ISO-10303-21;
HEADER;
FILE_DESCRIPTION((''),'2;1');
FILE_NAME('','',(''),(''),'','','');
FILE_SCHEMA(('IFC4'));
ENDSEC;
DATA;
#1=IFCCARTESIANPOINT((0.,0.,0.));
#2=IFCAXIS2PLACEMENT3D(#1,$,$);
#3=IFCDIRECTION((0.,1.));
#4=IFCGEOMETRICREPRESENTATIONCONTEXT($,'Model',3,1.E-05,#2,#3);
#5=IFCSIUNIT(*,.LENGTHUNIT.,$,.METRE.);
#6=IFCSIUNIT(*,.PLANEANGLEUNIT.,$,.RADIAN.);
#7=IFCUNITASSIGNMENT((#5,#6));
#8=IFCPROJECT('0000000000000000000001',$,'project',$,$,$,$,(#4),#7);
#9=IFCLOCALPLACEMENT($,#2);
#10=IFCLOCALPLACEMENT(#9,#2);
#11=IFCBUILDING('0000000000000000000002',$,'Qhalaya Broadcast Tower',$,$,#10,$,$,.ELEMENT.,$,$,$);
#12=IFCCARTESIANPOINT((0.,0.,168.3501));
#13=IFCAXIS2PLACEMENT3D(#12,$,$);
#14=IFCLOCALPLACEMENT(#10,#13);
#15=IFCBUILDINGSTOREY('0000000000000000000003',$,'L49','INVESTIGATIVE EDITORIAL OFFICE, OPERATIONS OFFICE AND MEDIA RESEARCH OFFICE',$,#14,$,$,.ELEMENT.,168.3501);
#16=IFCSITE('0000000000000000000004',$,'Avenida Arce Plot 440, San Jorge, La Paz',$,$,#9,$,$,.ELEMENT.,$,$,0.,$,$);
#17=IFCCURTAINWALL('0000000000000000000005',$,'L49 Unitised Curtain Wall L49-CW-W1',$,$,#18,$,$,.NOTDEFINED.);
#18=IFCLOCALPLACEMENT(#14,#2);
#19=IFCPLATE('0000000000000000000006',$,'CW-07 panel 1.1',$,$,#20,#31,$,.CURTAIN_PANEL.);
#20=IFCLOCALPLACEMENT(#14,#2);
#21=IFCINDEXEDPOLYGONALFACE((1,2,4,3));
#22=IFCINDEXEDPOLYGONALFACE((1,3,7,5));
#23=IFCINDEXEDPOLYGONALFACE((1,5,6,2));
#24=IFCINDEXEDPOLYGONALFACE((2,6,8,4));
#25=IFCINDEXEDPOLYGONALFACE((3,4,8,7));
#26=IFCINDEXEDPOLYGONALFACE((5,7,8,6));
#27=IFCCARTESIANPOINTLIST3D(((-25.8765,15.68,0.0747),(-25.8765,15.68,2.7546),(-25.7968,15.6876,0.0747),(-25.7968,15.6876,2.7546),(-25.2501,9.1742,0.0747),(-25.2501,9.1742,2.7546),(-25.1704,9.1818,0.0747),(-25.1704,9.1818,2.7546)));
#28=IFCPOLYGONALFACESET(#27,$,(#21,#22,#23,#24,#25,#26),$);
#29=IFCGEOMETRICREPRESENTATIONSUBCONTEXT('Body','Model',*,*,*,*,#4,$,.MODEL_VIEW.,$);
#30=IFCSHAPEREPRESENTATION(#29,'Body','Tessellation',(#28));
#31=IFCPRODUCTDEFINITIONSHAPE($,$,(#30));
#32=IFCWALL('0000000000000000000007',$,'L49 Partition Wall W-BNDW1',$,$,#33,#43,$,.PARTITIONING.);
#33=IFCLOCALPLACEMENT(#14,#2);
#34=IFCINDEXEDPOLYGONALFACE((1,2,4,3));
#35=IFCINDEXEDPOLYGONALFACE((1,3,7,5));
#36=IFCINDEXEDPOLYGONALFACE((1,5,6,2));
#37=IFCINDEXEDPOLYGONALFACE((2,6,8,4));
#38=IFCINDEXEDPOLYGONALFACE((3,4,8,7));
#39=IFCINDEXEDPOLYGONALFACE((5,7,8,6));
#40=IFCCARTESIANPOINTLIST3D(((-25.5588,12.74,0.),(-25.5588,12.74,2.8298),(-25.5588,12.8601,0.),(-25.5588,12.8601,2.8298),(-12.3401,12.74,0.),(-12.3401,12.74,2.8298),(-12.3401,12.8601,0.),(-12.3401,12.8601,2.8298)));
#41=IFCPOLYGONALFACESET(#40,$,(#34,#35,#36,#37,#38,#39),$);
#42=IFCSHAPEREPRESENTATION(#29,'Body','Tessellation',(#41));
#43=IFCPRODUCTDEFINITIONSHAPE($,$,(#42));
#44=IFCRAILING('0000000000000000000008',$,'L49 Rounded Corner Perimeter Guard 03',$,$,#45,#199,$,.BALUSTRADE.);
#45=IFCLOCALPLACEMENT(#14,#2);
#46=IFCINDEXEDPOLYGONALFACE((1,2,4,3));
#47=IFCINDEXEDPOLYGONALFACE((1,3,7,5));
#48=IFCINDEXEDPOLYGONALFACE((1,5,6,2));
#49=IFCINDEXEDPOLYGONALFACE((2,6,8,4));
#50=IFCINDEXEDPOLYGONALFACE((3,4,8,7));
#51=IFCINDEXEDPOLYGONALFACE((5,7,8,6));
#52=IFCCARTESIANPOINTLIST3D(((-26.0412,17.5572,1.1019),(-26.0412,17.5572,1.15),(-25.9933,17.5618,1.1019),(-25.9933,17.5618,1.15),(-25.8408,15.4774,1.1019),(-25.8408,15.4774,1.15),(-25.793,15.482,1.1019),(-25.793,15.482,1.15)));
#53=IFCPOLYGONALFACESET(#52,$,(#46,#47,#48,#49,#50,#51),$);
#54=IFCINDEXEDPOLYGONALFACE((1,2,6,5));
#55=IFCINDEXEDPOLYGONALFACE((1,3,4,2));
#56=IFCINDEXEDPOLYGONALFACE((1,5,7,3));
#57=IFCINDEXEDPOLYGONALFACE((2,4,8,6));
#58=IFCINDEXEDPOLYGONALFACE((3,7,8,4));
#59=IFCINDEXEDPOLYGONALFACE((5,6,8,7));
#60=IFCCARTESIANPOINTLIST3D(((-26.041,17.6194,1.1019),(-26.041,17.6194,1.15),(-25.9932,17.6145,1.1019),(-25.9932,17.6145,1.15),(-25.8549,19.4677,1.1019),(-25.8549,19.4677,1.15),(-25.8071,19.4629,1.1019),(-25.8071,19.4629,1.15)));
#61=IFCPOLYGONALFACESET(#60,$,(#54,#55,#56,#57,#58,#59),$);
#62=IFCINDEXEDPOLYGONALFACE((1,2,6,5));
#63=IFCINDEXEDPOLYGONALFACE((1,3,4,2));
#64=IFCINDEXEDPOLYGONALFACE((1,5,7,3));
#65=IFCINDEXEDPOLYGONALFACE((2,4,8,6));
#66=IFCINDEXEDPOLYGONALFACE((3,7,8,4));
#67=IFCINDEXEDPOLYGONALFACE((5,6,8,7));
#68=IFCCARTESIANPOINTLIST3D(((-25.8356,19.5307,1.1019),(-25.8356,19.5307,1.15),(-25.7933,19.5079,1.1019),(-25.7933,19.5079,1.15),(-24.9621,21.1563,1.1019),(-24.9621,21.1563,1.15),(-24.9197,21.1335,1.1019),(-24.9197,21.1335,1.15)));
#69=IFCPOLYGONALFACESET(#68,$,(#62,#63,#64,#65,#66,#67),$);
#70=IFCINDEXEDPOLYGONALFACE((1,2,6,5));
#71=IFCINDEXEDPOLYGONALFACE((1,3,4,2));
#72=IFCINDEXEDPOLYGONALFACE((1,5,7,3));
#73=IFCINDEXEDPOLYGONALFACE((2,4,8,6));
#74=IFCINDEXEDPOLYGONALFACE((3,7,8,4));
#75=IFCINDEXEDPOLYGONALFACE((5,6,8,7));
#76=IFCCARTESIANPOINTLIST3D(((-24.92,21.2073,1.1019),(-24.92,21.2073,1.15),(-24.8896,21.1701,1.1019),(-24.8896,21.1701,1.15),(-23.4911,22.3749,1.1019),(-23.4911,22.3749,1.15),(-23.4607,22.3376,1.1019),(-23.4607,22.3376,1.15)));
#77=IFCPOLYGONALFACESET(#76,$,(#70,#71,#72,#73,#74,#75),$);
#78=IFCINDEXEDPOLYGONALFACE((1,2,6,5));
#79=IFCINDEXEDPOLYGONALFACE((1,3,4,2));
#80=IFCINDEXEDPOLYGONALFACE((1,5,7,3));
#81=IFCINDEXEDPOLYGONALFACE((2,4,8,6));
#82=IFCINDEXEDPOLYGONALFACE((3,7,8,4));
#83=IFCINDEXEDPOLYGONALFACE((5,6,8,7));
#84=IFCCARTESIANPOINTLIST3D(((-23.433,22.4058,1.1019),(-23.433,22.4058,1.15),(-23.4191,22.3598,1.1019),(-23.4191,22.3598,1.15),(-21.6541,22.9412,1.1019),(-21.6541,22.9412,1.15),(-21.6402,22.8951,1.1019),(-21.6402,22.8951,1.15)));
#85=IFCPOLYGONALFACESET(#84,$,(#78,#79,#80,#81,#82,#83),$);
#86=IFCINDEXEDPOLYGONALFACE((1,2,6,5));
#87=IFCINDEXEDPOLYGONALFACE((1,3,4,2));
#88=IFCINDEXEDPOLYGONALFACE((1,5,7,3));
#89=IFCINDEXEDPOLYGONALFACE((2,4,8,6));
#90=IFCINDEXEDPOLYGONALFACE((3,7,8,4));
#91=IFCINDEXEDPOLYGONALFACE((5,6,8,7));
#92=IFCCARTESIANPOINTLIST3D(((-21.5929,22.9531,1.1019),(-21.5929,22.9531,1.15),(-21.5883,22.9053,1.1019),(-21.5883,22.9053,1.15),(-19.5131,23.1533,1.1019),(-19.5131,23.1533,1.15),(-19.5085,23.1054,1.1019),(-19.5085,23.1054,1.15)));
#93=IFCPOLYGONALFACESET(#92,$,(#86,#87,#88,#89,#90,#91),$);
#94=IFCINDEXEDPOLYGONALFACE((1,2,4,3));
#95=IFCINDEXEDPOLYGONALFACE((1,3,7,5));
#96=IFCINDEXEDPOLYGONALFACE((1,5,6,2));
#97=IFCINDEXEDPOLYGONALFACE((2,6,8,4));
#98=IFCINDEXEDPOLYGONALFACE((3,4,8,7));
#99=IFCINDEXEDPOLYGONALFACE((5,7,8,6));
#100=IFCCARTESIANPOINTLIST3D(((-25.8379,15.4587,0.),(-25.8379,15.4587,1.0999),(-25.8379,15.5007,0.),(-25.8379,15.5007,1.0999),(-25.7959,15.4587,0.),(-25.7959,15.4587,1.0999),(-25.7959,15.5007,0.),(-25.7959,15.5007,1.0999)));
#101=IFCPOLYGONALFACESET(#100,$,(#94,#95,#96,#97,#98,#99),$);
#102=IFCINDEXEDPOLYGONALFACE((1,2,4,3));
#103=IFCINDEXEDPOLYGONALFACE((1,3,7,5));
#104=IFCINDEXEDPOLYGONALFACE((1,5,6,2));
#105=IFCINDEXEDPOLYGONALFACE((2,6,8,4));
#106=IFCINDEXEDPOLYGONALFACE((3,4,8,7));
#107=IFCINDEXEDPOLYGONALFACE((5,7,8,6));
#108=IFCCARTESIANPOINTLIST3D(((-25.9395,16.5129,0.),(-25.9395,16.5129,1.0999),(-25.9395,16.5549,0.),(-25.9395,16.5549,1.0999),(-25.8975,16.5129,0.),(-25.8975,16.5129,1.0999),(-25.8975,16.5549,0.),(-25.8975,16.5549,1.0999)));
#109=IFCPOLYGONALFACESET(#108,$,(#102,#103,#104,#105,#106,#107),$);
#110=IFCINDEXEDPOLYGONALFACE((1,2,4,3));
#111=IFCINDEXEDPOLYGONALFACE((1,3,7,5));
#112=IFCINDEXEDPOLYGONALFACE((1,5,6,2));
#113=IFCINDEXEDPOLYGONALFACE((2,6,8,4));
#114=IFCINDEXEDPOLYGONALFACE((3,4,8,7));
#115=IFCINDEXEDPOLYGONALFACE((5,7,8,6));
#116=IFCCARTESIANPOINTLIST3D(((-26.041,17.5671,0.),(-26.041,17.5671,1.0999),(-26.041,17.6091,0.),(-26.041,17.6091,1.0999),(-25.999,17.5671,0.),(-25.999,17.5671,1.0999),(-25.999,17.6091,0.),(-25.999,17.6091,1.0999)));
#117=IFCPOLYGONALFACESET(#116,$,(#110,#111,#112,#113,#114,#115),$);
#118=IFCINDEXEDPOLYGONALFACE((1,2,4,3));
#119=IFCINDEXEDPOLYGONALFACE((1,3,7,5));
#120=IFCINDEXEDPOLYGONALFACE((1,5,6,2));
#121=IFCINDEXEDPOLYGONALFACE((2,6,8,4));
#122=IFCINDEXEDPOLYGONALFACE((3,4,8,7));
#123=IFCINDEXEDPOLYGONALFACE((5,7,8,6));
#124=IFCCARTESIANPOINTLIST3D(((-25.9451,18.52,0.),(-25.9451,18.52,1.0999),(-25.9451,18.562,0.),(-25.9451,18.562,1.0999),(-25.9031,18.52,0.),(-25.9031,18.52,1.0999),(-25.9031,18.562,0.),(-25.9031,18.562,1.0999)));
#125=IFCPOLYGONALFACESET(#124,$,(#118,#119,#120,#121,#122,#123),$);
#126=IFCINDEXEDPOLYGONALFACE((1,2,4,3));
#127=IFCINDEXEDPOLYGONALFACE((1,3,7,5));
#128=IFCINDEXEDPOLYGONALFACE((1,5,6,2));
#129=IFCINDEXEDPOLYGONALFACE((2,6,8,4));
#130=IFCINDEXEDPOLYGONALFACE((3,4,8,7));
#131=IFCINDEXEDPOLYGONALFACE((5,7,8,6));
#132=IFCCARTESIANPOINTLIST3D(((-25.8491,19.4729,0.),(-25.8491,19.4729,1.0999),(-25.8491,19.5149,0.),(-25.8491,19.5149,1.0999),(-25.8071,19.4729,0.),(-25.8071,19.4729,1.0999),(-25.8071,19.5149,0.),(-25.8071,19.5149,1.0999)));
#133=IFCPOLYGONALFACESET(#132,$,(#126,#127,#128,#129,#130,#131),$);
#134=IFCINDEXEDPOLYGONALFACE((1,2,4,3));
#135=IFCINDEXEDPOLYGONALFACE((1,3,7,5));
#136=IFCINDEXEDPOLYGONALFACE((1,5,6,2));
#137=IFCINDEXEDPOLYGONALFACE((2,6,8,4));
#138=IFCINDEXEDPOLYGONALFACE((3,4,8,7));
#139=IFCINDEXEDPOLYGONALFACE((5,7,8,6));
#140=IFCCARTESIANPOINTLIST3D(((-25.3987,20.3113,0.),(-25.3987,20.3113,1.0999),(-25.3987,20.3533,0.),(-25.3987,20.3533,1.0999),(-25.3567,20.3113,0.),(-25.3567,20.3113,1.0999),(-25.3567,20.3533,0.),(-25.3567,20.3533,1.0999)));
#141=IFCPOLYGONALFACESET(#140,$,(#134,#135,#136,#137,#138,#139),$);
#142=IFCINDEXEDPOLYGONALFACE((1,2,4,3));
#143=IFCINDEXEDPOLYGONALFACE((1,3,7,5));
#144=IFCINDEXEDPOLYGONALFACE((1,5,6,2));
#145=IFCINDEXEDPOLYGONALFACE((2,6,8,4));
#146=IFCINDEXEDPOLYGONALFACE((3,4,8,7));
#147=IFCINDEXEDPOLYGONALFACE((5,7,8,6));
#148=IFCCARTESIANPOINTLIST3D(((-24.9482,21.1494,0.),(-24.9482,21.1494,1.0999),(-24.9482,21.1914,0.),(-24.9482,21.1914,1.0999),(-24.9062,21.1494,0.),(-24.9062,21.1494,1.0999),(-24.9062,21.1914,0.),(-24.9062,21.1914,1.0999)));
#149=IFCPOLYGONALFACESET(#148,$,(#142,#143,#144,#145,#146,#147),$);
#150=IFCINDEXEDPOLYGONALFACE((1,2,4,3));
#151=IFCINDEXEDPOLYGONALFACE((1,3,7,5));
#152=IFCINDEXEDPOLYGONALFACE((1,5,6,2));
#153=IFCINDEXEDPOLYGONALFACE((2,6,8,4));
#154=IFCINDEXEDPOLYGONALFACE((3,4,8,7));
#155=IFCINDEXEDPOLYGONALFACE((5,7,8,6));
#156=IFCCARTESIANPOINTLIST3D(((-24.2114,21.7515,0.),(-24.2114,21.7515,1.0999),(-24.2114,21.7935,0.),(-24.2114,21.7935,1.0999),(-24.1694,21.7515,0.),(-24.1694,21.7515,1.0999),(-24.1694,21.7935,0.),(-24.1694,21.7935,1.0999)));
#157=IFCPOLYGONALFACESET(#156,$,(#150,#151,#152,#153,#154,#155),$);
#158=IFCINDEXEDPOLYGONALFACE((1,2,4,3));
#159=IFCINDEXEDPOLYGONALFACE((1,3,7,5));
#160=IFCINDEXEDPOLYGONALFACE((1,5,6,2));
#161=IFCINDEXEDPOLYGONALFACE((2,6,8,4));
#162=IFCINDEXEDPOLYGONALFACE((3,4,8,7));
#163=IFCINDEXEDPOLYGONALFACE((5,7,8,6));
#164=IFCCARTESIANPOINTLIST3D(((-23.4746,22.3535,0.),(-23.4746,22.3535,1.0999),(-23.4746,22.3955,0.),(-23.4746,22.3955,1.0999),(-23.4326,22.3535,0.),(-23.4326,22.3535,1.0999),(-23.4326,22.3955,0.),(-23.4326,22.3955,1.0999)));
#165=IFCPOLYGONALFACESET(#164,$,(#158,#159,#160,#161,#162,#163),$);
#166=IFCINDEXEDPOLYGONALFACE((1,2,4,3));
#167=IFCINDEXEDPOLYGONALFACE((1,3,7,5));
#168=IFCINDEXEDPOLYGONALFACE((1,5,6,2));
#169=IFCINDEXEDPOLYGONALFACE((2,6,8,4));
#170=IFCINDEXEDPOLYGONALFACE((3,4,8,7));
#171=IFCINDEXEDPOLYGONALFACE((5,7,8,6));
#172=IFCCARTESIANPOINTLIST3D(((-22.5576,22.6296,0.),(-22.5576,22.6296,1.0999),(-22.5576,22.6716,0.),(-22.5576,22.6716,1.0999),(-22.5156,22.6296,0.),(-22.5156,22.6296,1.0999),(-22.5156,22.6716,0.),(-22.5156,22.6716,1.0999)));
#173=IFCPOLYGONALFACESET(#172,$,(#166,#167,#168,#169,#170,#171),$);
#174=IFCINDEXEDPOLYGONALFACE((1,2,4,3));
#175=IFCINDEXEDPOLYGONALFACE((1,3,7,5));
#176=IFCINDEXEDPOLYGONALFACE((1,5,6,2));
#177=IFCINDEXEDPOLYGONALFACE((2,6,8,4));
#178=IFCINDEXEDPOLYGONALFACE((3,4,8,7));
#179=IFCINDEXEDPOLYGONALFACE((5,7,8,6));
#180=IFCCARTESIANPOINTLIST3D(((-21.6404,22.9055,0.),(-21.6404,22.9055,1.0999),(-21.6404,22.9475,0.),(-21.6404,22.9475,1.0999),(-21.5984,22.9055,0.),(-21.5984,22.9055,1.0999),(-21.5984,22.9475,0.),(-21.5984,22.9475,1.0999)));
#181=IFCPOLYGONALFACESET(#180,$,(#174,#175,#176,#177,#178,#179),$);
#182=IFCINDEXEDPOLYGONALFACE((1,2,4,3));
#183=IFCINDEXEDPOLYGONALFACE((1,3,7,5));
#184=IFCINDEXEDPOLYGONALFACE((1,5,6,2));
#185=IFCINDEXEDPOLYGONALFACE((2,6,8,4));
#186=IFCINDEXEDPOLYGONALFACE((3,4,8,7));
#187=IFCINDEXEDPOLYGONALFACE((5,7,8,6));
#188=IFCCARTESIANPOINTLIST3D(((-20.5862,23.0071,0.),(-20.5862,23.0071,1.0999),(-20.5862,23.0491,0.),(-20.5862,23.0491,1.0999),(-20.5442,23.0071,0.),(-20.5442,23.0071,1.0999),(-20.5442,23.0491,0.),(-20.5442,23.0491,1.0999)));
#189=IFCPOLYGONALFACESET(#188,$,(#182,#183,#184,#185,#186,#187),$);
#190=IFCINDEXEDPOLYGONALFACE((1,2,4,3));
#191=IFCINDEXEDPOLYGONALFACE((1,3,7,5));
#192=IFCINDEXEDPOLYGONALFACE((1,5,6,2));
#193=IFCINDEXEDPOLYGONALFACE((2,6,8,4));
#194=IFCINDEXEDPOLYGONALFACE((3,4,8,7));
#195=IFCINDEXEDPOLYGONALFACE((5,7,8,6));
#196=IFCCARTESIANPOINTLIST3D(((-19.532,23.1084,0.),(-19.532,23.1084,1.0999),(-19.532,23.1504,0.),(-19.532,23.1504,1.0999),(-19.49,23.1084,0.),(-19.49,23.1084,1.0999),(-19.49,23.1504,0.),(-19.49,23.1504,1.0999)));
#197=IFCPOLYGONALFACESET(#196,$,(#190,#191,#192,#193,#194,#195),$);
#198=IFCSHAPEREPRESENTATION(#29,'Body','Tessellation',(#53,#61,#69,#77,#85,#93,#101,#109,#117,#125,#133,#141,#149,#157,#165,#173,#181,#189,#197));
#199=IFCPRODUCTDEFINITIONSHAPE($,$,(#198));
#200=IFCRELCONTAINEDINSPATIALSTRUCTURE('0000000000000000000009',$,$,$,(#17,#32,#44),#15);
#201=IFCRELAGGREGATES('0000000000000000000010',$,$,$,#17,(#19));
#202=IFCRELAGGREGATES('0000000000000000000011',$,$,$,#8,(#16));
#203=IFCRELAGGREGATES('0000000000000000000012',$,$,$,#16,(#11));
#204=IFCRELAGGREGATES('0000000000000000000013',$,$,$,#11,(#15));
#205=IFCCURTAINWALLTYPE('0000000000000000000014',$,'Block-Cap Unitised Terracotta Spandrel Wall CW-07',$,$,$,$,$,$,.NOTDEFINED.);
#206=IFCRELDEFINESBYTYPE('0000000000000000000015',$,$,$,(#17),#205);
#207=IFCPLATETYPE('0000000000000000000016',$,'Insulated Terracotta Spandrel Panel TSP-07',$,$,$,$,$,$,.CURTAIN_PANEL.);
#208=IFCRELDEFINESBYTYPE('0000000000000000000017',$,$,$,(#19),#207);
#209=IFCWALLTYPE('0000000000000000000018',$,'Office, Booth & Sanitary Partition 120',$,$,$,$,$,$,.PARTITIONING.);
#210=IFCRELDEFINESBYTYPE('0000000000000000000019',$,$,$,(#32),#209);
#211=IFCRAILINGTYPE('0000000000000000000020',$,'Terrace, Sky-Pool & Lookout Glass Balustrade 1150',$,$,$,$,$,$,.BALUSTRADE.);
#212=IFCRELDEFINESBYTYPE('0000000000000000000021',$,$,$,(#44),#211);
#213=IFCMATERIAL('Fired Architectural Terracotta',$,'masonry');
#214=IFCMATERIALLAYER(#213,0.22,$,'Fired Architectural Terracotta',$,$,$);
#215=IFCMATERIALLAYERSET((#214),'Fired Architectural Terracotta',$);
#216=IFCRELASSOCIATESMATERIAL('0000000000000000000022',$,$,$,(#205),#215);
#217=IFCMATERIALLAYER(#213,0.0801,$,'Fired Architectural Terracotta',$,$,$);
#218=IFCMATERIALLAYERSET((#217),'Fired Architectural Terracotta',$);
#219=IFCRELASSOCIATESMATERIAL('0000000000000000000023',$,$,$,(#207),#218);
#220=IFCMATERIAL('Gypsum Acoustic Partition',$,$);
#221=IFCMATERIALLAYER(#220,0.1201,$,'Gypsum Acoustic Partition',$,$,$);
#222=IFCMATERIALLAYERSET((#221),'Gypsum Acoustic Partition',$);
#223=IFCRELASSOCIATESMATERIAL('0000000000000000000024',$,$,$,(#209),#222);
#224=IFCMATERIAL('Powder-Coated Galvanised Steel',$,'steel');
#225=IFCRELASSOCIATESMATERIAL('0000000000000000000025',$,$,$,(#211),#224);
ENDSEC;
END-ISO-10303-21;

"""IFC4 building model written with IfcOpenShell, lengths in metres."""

from ifc_helpers import new_model, si_unit, direction, frame, frame_2d, origin, origin_2d, place, context, subcontext, project, spatial, rectangle, extrude, material, layer, layer_set, type_object, element, aggregate, save


model = new_model("IFC4")

# Units and contexts
model_context = context("Model", 3, precision=1e-05, world=origin(), true_north=direction((0.0, 1.0)))
body_context = subcontext(model_context, "Body", "Model", "MODEL_VIEW")
ifc_project = project(units=[si_unit("LENGTHUNIT", "METRE"), si_unit("PLANEANGLEUNIT", "RADIAN")], contexts=[model_context])

# Site, building, storey
site_placement = place(None, origin())
site = spatial("IfcSite", under=ifc_project, at=site_placement, Name="Avenida Arce Plot 440, San Jorge, La Paz", CompositionType="ELEMENT", RefElevation=0.0)
building_placement = place(site_placement, origin())
building = spatial("IfcBuilding", under=site, at=building_placement, Name="Qhalaya Broadcast Tower", CompositionType="ELEMENT")
storey_placement = place(building_placement, frame((0.0, 0.0, 168.3501)))
storey = spatial("IfcBuildingStorey", under=building, at=storey_placement, Name="L49", Description="INVESTIGATIVE EDITORIAL OFFICE, OPERATIONS OFFICE AND MEDIA RESEARCH OFFICE", CompositionType="ELEMENT", Elevation=168.3501)

# Shared definitions
ifc_material_1 = material(Name="Fired Architectural Terracotta", Category="masonry")

# Shared definitions
ifc_layer_1 = layer(ifc_material_1, 0.22, Name="Fired Architectural Terracotta")
ifc_layer_set_1 = layer_set([ifc_layer_1], Name="Fired Architectural Terracotta")
curtain_wall_type = type_object("IfcCurtainWallType", Name="Block-Cap Unitised Terracotta Spandrel Wall CW-07", PredefinedType="NOTDEFINED", material=ifc_layer_set_1)

# Curtain wall
curtain_wall_1_placement = place(storey_placement, origin())
curtain_wall_1 = element("IfcCurtainWall", 1, at=curtain_wall_1_placement, inside=storey, type_object=curtain_wall_type, Name="L49 Unitised Curtain Wall L49-CW-W1", PredefinedType="NOTDEFINED")

# Plate
ifc_layer_2 = layer(ifc_material_1, 0.0801, Name="Fired Architectural Terracotta")
ifc_layer_set_2 = layer_set([ifc_layer_2], Name="Fired Architectural Terracotta")
plate_type_1 = type_object("IfcPlateType", Name="Insulated Terracotta Spandrel Panel TSP-07", PredefinedType="CURTAIN_PANEL", material=ifc_layer_set_2)
plate_1_placement = place(storey_placement, frame((-25.5234, 12.4309, 0.0747), z_axis=(0.0, 0.0, 1.0), x_axis=(0.095842, -0.995397, 0.0)))
plate_1 = element("IfcPlate", 2, at=plate_1_placement, type_object=plate_type_1, Name="CW-07 panel 1.1", PredefinedType="CURTAIN_PANEL", context=body_context, shape_type="SweptSolid", body=[
    extrude(rectangle(XDim=6.5359, YDim=0.0801, at=origin_2d()), origin(), (0.0, 0.0, 1.0), 2.6799),
])
aggregate(curtain_wall_1, [plate_1])

# Wall
ifc_material_2 = material(Name="Gypsum Acoustic Partition")
ifc_layer_3 = layer(ifc_material_2, 0.1201, Name="Gypsum Acoustic Partition")
ifc_layer_set_3 = layer_set([ifc_layer_3], Name="Gypsum Acoustic Partition")
wall_type = type_object("IfcWallType", Name="Office, Booth & Sanitary Partition 120", PredefinedType="PARTITIONING", material=ifc_layer_set_3)
wall_placement = place(storey_placement, frame((-25.5588, 12.8, 0.0), z_axis=(0.0, 0.0, 1.0), x_axis=(1.0, 0.0, 0.0)))
element("IfcWall", 3, at=wall_placement, inside=storey, type_object=wall_type, Name="L49 Partition Wall W-BNDW1", PredefinedType="PARTITIONING", context=body_context, shape_type="SweptSolid", body=[
    extrude(rectangle(XDim=13.2188, YDim=0.1201, at=frame_2d((6.6094, 0.0))), origin(), (0.0, 0.0, 1.0), 2.8298),
])

# Railing
ifc_material_3 = material(Name="Powder-Coated Galvanised Steel", Category="steel")
railing_type = type_object("IfcRailingType", Name="Terrace, Sky-Pool & Lookout Glass Balustrade 1150", PredefinedType="BALUSTRADE", material=ifc_material_3)
railing_placement = place(storey_placement, frame((-25.8169, 15.4797, 0.0)))
element("IfcRailing", 4, at=railing_placement, inside=storey, type_object=railing_type, Name="L49 Rounded Corner Perimeter Guard 03", PredefinedType="BALUSTRADE", context=body_context, shape_type="SweptSolid", body=[
    extrude(rectangle(XDim=0.0481, YDim=0.0481, at=origin_2d()), frame((0.0, 0.0, 1.126), z_axis=(-0.095897, 0.995391, 0.0), x_axis=(-0.995391, -0.095897, 0.0)), (0.0, 0.0, 1.0), 2.0894),
    extrude(rectangle(XDim=0.0481, YDim=0.0481, at=origin_2d()), frame((-0.2002, 2.1372, 1.126), z_axis=(0.100185, 0.994969, 0.0), x_axis=(-0.994969, 0.100185, 0.0)), (0.0, 0.0, 1.0), 1.8577),
    extrude(rectangle(XDim=0.0481, YDim=0.0481, at=origin_2d()), frame((0.0024, 4.0396, 1.126), z_axis=(0.473342, 0.880879, 0.0), x_axis=(-0.880879, 0.473342, 0.0)), (0.0, 0.0, 1.0), 1.8455),
    extrude(rectangle(XDim=0.0481, YDim=0.0481, at=origin_2d()), frame((0.9121, 5.709, 1.126), z_axis=(0.774369, 0.632735, 0.0), x_axis=(-0.632735, 0.774369, 0.0)), (0.0, 0.0, 1.0), 1.8452),
    extrude(rectangle(XDim=0.0481, YDim=0.0481, at=origin_2d()), frame((2.3909, 6.9031, 1.126), z_axis=(0.957577, 0.288178, 0.0), x_axis=(-0.288178, 0.957577, 0.0)), (0.0, 0.0, 1.0), 1.8577),
    extrude(rectangle(XDim=0.0481, YDim=0.0481, at=origin_2d()), frame((4.2263, 7.4495, 1.126), z_axis=(0.995402, 0.095783, 0.0), x_axis=(-0.095783, 0.995402, 0.0)), (0.0, 0.0, 1.0), 2.0894),
    extrude(rectangle(XDim=0.042, YDim=0.042, at=origin_2d()), origin(), (0.0, 0.0, 1.0), 1.0999),
    extrude(rectangle(XDim=0.042, YDim=0.042, at=origin_2d()), frame((-0.1016, 1.0542, 0.0)), (0.0, 0.0, 1.0), 1.0999),
    extrude(rectangle(XDim=0.042, YDim=0.042, at=origin_2d()), frame((-0.2031, 2.1084, 0.0)), (0.0, 0.0, 1.0), 1.0999),
    extrude(rectangle(XDim=0.042, YDim=0.042, at=origin_2d()), frame((-0.1072, 3.0613, 0.0)), (0.0, 0.0, 1.0), 1.0999),
    extrude(rectangle(XDim=0.042, YDim=0.042, at=origin_2d()), frame((-0.0112, 4.0142, 0.0)), (0.0, 0.0, 1.0), 1.0999),
    extrude(rectangle(XDim=0.042, YDim=0.042, at=origin_2d()), frame((0.4392, 4.8525, 0.0)), (0.0, 0.0, 1.0), 1.0999),
    extrude(rectangle(XDim=0.042, YDim=0.042, at=origin_2d()), frame((0.8896, 5.6907, 0.0)), (0.0, 0.0, 1.0), 1.0999),
    extrude(rectangle(XDim=0.042, YDim=0.042, at=origin_2d()), frame((1.6265, 6.2927, 0.0)), (0.0, 0.0, 1.0), 1.0999),
    extrude(rectangle(XDim=0.042, YDim=0.042, at=origin_2d()), frame((2.3633, 6.8948, 0.0)), (0.0, 0.0, 1.0), 1.0999),
    extrude(rectangle(XDim=0.042, YDim=0.042, at=origin_2d()), frame((3.2803, 7.1709, 0.0)), (0.0, 0.0, 1.0), 1.0999),
    extrude(rectangle(XDim=0.042, YDim=0.042, at=origin_2d()), frame((4.1975, 7.4468, 0.0)), (0.0, 0.0, 1.0), 1.0999),
    extrude(rectangle(XDim=0.042, YDim=0.042, at=origin_2d()), frame((5.2517, 7.5483, 0.0)), (0.0, 0.0, 1.0), 1.0999),
    extrude(rectangle(XDim=0.042, YDim=0.042, at=origin_2d()), frame((6.3059, 7.6497, 0.0)), (0.0, 0.0, 1.0), 1.0999),
])

save(model, "model.ifc")
